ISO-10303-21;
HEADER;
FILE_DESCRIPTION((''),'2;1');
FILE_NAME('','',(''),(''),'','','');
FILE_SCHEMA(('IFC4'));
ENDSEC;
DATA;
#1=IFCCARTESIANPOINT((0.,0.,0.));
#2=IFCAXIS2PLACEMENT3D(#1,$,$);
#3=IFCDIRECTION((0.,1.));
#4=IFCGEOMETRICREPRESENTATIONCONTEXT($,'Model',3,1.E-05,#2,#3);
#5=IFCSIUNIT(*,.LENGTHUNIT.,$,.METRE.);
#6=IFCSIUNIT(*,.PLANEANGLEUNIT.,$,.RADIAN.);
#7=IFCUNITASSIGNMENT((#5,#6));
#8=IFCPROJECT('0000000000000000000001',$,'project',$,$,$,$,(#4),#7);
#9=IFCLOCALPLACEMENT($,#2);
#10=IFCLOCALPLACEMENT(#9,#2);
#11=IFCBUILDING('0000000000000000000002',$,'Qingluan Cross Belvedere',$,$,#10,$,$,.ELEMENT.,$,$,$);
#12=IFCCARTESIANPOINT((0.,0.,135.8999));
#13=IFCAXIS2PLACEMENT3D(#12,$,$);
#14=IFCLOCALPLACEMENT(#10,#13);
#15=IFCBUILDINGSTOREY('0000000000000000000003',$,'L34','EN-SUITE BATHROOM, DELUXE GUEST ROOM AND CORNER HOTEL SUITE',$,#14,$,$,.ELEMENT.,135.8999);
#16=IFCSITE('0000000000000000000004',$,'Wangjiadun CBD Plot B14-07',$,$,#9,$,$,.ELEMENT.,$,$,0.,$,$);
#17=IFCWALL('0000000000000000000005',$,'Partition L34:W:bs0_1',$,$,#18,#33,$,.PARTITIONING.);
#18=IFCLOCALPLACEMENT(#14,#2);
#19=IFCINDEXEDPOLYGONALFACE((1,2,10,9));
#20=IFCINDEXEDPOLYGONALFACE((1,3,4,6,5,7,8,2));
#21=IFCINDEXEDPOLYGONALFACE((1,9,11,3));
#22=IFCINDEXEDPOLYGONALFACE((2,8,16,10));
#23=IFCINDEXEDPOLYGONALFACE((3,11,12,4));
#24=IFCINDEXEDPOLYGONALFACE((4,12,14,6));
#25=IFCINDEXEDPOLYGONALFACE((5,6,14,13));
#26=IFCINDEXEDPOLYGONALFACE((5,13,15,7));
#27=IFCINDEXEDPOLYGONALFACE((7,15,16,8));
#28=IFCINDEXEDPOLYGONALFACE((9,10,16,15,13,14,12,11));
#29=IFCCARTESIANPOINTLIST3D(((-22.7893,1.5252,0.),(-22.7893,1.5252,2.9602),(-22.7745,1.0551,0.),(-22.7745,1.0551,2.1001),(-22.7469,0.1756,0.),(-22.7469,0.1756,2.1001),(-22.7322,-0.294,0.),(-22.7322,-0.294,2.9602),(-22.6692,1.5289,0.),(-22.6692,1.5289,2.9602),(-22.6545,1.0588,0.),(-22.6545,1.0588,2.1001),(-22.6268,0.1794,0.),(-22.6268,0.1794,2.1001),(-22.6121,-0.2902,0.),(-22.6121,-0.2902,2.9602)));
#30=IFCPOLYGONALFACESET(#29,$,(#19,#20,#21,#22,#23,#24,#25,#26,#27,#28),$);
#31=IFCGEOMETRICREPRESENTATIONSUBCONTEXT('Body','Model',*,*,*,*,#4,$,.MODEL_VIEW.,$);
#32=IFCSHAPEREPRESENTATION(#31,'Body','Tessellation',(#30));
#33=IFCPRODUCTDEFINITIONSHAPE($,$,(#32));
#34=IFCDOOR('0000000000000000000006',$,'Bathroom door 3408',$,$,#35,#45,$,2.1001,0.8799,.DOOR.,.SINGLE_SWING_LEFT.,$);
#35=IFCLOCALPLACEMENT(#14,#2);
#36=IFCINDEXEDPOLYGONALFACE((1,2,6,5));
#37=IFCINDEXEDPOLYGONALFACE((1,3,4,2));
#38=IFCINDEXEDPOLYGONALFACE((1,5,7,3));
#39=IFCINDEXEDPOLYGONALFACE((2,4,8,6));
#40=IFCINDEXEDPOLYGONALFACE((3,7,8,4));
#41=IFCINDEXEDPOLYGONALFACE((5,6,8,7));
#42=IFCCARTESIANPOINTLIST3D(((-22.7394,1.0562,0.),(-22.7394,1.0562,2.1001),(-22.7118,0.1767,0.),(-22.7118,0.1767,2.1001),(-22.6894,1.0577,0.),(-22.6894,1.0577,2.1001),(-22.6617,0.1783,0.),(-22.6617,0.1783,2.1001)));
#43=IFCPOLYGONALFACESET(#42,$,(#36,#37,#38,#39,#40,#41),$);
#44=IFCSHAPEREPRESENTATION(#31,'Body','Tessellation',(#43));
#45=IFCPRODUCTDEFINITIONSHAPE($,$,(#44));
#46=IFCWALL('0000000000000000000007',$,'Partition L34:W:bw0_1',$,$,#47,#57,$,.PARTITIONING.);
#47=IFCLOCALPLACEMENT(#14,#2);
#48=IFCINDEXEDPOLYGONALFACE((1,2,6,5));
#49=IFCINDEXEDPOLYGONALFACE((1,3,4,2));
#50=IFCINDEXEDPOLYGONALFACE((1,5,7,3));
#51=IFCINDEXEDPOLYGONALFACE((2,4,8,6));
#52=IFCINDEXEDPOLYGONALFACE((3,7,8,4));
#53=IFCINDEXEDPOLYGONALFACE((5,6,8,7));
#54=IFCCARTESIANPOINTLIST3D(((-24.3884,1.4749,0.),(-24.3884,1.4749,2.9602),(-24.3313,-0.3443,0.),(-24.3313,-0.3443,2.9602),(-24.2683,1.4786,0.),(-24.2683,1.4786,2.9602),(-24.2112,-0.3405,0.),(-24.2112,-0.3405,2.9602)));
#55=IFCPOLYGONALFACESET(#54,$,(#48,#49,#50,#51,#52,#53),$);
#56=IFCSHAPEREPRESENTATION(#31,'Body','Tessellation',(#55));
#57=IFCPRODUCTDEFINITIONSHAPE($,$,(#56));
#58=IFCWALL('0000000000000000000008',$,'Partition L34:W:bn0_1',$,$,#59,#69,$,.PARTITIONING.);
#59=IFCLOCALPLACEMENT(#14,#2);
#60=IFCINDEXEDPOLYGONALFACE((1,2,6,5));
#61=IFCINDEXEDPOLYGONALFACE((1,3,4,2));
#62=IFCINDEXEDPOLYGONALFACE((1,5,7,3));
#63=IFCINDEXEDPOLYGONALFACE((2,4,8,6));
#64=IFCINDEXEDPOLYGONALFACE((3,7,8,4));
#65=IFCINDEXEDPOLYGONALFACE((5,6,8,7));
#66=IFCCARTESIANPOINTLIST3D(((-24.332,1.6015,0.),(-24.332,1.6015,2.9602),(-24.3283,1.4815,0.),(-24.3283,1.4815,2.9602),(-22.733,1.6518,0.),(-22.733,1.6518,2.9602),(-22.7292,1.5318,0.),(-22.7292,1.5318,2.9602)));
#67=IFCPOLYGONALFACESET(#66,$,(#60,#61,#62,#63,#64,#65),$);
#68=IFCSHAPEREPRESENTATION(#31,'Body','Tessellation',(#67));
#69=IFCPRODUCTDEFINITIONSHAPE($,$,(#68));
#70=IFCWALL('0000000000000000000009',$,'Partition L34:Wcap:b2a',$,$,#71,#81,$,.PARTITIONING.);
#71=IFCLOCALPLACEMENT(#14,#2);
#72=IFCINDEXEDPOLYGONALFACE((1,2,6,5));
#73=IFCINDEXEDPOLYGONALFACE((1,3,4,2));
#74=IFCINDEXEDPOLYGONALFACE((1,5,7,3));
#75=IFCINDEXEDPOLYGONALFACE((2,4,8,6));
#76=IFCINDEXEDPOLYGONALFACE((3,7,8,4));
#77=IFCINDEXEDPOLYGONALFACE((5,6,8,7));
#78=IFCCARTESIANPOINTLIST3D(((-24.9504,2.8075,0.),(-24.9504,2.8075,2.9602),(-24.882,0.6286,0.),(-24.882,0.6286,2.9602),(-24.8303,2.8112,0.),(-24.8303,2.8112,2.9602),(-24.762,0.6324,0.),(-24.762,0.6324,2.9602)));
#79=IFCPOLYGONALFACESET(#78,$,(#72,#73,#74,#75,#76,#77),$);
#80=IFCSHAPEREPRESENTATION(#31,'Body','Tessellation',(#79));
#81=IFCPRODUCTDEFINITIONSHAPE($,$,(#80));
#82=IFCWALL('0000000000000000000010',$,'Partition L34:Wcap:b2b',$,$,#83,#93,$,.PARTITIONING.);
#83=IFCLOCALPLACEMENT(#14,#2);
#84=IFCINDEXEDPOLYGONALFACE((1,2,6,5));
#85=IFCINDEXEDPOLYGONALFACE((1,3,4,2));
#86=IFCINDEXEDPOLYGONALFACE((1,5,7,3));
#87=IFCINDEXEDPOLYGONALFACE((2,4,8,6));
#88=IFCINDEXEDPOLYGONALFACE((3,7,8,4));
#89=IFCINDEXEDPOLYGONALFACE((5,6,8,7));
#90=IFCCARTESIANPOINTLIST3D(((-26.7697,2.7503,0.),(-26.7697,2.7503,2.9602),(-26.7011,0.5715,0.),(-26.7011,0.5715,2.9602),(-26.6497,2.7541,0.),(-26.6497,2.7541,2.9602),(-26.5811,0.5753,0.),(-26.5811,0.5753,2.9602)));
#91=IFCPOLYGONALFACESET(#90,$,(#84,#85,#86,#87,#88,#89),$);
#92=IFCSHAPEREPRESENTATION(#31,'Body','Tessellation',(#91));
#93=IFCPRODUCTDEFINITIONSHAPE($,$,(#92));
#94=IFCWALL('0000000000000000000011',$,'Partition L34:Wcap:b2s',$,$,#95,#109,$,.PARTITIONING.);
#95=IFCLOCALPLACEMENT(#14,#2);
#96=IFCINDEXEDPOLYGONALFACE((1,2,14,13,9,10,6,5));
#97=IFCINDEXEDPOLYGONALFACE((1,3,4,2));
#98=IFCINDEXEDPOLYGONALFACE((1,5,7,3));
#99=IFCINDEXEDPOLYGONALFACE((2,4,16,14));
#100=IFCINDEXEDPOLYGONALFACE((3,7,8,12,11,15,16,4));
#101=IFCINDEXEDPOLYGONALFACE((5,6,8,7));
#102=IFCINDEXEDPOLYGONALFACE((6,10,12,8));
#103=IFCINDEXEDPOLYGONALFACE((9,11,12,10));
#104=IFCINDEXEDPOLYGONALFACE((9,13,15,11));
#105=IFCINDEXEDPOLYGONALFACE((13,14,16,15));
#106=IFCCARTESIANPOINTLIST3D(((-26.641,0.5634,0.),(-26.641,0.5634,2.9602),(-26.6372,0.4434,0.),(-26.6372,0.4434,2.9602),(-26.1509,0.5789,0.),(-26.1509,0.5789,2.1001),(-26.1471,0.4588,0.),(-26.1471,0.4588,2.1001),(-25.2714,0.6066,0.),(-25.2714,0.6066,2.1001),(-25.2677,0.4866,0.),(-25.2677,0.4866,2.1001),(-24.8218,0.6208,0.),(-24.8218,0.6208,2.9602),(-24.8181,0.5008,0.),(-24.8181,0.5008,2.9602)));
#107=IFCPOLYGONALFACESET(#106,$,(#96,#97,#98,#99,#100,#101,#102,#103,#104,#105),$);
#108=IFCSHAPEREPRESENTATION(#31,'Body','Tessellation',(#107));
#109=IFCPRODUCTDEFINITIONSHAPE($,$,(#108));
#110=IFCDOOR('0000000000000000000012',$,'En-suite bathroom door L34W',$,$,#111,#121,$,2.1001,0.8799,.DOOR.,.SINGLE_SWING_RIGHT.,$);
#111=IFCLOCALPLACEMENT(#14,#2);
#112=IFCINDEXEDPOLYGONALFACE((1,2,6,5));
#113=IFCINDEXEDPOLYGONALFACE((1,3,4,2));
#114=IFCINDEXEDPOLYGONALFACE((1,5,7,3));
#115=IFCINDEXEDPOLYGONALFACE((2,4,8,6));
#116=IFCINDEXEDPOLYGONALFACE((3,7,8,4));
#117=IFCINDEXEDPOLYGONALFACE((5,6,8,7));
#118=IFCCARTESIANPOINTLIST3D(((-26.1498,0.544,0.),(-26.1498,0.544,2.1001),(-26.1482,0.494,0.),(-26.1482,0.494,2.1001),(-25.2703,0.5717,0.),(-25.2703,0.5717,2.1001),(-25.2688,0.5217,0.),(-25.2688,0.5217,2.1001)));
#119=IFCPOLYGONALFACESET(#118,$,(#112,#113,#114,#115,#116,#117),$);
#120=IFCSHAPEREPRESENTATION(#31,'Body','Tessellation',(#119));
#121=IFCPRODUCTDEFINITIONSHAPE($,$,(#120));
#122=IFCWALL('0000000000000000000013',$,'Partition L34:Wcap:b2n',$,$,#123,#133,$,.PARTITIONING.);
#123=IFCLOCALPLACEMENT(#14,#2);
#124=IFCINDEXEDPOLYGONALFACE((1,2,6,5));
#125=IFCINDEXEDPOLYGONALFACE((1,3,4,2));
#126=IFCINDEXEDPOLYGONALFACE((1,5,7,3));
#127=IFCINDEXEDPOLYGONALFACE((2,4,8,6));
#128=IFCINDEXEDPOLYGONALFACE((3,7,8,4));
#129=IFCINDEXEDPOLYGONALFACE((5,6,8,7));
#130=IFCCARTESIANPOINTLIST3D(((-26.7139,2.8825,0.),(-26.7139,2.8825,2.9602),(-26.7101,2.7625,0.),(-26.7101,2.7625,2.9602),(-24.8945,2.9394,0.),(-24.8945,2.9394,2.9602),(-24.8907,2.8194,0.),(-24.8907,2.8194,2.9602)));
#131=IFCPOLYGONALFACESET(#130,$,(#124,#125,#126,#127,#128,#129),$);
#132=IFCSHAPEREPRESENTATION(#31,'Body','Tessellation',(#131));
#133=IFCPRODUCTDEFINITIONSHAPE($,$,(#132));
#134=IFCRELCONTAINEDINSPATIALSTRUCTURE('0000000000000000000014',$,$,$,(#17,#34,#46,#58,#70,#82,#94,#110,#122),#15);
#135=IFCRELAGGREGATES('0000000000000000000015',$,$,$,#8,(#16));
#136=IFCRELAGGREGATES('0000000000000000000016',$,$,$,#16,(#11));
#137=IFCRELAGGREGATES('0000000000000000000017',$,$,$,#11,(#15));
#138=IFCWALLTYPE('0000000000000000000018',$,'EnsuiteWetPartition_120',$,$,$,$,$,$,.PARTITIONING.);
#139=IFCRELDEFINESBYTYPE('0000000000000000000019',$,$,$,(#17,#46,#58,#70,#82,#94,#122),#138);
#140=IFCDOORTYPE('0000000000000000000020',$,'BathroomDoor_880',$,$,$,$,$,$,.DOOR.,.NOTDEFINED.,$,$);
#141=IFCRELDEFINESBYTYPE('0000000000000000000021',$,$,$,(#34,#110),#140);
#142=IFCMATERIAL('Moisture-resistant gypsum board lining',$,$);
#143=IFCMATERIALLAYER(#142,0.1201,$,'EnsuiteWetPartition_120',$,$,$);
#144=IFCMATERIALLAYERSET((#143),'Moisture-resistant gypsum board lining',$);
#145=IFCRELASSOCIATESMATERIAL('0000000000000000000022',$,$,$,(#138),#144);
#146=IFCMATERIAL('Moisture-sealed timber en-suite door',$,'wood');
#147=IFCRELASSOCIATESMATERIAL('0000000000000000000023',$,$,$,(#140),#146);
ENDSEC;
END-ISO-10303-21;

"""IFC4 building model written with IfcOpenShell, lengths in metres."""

from ifc_helpers import new_model, si_unit, direction, frame, frame_2d, origin, place, context, subcontext, project, spatial, rectangle, extrude, material, layer, layer_set, type_object, element, fill, save


model = new_model("IFC4")

# Units and contexts
model_context = context("Model", 3, precision=1e-05, world=origin(), true_north=direction((0.0, 1.0)))
body_context = subcontext(model_context, "Body", "Model", "MODEL_VIEW")
ifc_project = project(units=[si_unit("LENGTHUNIT", "METRE"), si_unit("PLANEANGLEUNIT", "RADIAN")], contexts=[model_context])

# Site, building, storey
site_placement = place(None, origin())
site = spatial("IfcSite", under=ifc_project, at=site_placement, Name="Wangjiadun CBD Plot B14-07", CompositionType="ELEMENT", RefElevation=0.0)
building_placement = place(site_placement, origin())
building = spatial("IfcBuilding", under=site, at=building_placement, Name="Qingluan Cross Belvedere", CompositionType="ELEMENT")
storey_placement = place(building_placement, frame((0.0, 0.0, 135.8999)))
storey = spatial("IfcBuildingStorey", under=building, at=storey_placement, Name="L34", Description="EN-SUITE BATHROOM, DELUXE GUEST ROOM AND CORNER HOTEL SUITE", CompositionType="ELEMENT", Elevation=135.8999)

# Shared definitions
ifc_material_1 = material(Name="Moisture-resistant gypsum board lining")
ifc_layer_1 = layer(ifc_material_1, 0.1201, Name="EnsuiteWetPartition_120")
ifc_layer_set_1 = layer_set([ifc_layer_1], Name="Moisture-resistant gypsum board lining")
wall_type_1 = type_object("IfcWallType", Name="EnsuiteWetPartition_120", PredefinedType="PARTITIONING", material=ifc_layer_set_1)
ifc_material_2 = material(Name="Moisture-sealed timber en-suite door", Category="wood")
door_type_1 = type_object("IfcDoorType", Name="BathroomDoor_880", OperationType="NOTDEFINED", PredefinedType="DOOR", material=ifc_material_2)

# Wall, opening, door
wall_1_placement = place(storey_placement, frame((-22.6721, -0.2922, 0.0), z_axis=(0.0, 0.0, 1.0), x_axis=(-0.03139, 0.999507, 0.0)))
wall_1 = element("IfcWall", 1, at=wall_1_placement, inside=storey, type_object=wall_type_1, Name="Partition L34:W:bs0_1", PredefinedType="PARTITIONING", context=body_context, shape_type="SweptSolid", body=[
    extrude(rectangle(XDim=1.8201, YDim=0.1201, at=frame_2d((0.9102, 0.0))), origin(), (0.0, 0.0, 1.0), 2.9602),
])
opening_1_placement = place(wall_1_placement, frame((0.47, 0.0, 0.0)))
opening_1 = element("IfcOpeningElement", 2, at=opening_1_placement, cuts=wall_1, PredefinedType="OPENING", context=body_context, shape_type="SweptSolid", body=[
    extrude(rectangle(XDim=0.8799, YDim=2.1001, at=frame_2d((0.4399, 1.05))), frame((0.0, 0.0701, 0.0), z_axis=(0.0, -1.0, 0.0), x_axis=(1.0, 0.0, 0.0)), (0.0, 0.0, 1.0), 0.1401),
])
door_1_placement = place(opening_1_placement, origin())
door_1 = element("IfcDoor", 3, at=door_1_placement, inside=storey, type_object=door_type_1, Name="Bathroom door 3408", OperationType="SINGLE_SWING_LEFT", OverallHeight=2.1001, OverallWidth=0.8799, PredefinedType="DOOR", context=body_context, shape_type="SweptSolid", body=[
    extrude(rectangle(XDim=0.8799, YDim=2.1001, at=frame_2d((0.4399, 1.05))), frame((0.0, 0.0249, 0.0), z_axis=(0.0, -1.0, 0.0), x_axis=(1.0, 0.0, 0.0)), (0.0, 0.0, 1.0), 0.05),
])
fill(opening_1, door_1)

# Walls
wall_2_placement = place(storey_placement, frame((-24.2712, -0.3425, 0.0), z_axis=(0.0, 0.0, 1.0), x_axis=(-0.03139, 0.999507, 0.0)))
element("IfcWall", 4, at=wall_2_placement, inside=storey, type_object=wall_type_1, Name="Partition L34:W:bw0_1", PredefinedType="PARTITIONING", context=body_context, shape_type="SweptSolid", body=[
    extrude(rectangle(XDim=1.8201, YDim=0.1201, at=frame_2d((0.9102, 0.0))), origin(), (0.0, 0.0, 1.0), 2.9602),
])
wall_3_placement = place(storey_placement, frame((-22.7312, 1.5918, 0.0), z_axis=(0.0, 0.0, 1.0), x_axis=(-0.999506, -0.031435, 0.0)))
element("IfcWall", 5, at=wall_3_placement, inside=storey, type_object=wall_type_1, Name="Partition L34:W:bn0_1", PredefinedType="PARTITIONING", context=body_context, shape_type="SweptSolid", body=[
    extrude(rectangle(XDim=1.5999, YDim=0.1201, at=frame_2d((0.7998, 0.0))), origin(), (0.0, 0.0, 1.0), 2.9602),
])
for number, where, z_axis, x_axis, name in (
    (6, (-24.822, 0.6306, 0.0), (0.0, 0.0, 1.0), (-0.031357, 0.999508, 0.0), "Partition L34:Wcap:b2a"),
    (7, (-26.6411, 0.5735, 0.0), (0.0, 0.0, 1.0), (-0.031469, 0.999505, 0.0), "Partition L34:Wcap:b2b"),
):
    element("IfcWall", number, at=place(storey_placement, frame(where, z_axis=z_axis, x_axis=x_axis)), inside=storey, type_object=wall_type_1, Name=name, PredefinedType="PARTITIONING", context=body_context, shape_type="SweptSolid", body=[
        extrude(rectangle(XDim=2.1799, YDim=0.1201, at=frame_2d((1.0898, 0.0))), origin(), (0.0, 0.0, 1.0), 2.9602),
    ])

# Wall, opening, door
wall_4_placement = place(storey_placement, frame((-24.8198, 0.5608, 0.0), z_axis=(0.0, 0.0, 1.0), x_axis=(-0.999503, -0.031524, 0.0)))
wall_4 = element("IfcWall", 8, at=wall_4_placement, inside=storey, type_object=wall_type_1, Name="Partition L34:Wcap:b2s", PredefinedType="PARTITIONING", context=body_context, shape_type="SweptSolid", body=[
    extrude(rectangle(XDim=1.8201, YDim=0.1201, at=frame_2d((0.9102, 0.0))), origin(), (0.0, 0.0, 1.0), 2.9602),
])
opening_2_placement = place(wall_4_placement, frame((0.45, 0.0, 0.0)))
opening_2 = element("IfcOpeningElement", 9, at=opening_2_placement, cuts=wall_4, PredefinedType="OPENING", context=body_context, shape_type="SweptSolid", body=[
    extrude(rectangle(XDim=0.8799, YDim=2.1001, at=frame_2d((0.4399, 1.05))), frame((0.0, 0.0701, 0.0), z_axis=(0.0, -1.0, 0.0), x_axis=(1.0, 0.0, 0.0)), (0.0, 0.0, 1.0), 0.1401),
])
door_2_placement = place(opening_2_placement, origin())
door_2 = element("IfcDoor", 10, at=door_2_placement, inside=storey, type_object=door_type_1, Name="En-suite bathroom door L34W", OperationType="SINGLE_SWING_RIGHT", OverallHeight=2.1001, OverallWidth=0.8799, PredefinedType="DOOR", context=body_context, shape_type="SweptSolid", body=[
    extrude(rectangle(XDim=0.8799, YDim=2.1001, at=frame_2d((0.4399, 1.05))), frame((0.0, 0.0249, 0.0), z_axis=(0.0, -1.0, 0.0), x_axis=(1.0, 0.0, 0.0)), (0.0, 0.0, 1.0), 0.05),
])
fill(opening_2, door_2)

# Wall
wall_5_placement = place(storey_placement, frame((-24.8926, 2.8794, 0.0), z_axis=(0.0, 0.0, 1.0), x_axis=(-0.999512, -0.031252, 0.0)))
element("IfcWall", 11, at=wall_5_placement, inside=storey, type_object=wall_type_1, Name="Partition L34:Wcap:b2n", PredefinedType="PARTITIONING", context=body_context, shape_type="SweptSolid", body=[
    extrude(rectangle(XDim=1.8203, YDim=0.1201, at=frame_2d((0.9102, 0.0))), origin(), (0.0, 0.0, 1.0), 2.9602),
])

save(model, "model.ifc")
